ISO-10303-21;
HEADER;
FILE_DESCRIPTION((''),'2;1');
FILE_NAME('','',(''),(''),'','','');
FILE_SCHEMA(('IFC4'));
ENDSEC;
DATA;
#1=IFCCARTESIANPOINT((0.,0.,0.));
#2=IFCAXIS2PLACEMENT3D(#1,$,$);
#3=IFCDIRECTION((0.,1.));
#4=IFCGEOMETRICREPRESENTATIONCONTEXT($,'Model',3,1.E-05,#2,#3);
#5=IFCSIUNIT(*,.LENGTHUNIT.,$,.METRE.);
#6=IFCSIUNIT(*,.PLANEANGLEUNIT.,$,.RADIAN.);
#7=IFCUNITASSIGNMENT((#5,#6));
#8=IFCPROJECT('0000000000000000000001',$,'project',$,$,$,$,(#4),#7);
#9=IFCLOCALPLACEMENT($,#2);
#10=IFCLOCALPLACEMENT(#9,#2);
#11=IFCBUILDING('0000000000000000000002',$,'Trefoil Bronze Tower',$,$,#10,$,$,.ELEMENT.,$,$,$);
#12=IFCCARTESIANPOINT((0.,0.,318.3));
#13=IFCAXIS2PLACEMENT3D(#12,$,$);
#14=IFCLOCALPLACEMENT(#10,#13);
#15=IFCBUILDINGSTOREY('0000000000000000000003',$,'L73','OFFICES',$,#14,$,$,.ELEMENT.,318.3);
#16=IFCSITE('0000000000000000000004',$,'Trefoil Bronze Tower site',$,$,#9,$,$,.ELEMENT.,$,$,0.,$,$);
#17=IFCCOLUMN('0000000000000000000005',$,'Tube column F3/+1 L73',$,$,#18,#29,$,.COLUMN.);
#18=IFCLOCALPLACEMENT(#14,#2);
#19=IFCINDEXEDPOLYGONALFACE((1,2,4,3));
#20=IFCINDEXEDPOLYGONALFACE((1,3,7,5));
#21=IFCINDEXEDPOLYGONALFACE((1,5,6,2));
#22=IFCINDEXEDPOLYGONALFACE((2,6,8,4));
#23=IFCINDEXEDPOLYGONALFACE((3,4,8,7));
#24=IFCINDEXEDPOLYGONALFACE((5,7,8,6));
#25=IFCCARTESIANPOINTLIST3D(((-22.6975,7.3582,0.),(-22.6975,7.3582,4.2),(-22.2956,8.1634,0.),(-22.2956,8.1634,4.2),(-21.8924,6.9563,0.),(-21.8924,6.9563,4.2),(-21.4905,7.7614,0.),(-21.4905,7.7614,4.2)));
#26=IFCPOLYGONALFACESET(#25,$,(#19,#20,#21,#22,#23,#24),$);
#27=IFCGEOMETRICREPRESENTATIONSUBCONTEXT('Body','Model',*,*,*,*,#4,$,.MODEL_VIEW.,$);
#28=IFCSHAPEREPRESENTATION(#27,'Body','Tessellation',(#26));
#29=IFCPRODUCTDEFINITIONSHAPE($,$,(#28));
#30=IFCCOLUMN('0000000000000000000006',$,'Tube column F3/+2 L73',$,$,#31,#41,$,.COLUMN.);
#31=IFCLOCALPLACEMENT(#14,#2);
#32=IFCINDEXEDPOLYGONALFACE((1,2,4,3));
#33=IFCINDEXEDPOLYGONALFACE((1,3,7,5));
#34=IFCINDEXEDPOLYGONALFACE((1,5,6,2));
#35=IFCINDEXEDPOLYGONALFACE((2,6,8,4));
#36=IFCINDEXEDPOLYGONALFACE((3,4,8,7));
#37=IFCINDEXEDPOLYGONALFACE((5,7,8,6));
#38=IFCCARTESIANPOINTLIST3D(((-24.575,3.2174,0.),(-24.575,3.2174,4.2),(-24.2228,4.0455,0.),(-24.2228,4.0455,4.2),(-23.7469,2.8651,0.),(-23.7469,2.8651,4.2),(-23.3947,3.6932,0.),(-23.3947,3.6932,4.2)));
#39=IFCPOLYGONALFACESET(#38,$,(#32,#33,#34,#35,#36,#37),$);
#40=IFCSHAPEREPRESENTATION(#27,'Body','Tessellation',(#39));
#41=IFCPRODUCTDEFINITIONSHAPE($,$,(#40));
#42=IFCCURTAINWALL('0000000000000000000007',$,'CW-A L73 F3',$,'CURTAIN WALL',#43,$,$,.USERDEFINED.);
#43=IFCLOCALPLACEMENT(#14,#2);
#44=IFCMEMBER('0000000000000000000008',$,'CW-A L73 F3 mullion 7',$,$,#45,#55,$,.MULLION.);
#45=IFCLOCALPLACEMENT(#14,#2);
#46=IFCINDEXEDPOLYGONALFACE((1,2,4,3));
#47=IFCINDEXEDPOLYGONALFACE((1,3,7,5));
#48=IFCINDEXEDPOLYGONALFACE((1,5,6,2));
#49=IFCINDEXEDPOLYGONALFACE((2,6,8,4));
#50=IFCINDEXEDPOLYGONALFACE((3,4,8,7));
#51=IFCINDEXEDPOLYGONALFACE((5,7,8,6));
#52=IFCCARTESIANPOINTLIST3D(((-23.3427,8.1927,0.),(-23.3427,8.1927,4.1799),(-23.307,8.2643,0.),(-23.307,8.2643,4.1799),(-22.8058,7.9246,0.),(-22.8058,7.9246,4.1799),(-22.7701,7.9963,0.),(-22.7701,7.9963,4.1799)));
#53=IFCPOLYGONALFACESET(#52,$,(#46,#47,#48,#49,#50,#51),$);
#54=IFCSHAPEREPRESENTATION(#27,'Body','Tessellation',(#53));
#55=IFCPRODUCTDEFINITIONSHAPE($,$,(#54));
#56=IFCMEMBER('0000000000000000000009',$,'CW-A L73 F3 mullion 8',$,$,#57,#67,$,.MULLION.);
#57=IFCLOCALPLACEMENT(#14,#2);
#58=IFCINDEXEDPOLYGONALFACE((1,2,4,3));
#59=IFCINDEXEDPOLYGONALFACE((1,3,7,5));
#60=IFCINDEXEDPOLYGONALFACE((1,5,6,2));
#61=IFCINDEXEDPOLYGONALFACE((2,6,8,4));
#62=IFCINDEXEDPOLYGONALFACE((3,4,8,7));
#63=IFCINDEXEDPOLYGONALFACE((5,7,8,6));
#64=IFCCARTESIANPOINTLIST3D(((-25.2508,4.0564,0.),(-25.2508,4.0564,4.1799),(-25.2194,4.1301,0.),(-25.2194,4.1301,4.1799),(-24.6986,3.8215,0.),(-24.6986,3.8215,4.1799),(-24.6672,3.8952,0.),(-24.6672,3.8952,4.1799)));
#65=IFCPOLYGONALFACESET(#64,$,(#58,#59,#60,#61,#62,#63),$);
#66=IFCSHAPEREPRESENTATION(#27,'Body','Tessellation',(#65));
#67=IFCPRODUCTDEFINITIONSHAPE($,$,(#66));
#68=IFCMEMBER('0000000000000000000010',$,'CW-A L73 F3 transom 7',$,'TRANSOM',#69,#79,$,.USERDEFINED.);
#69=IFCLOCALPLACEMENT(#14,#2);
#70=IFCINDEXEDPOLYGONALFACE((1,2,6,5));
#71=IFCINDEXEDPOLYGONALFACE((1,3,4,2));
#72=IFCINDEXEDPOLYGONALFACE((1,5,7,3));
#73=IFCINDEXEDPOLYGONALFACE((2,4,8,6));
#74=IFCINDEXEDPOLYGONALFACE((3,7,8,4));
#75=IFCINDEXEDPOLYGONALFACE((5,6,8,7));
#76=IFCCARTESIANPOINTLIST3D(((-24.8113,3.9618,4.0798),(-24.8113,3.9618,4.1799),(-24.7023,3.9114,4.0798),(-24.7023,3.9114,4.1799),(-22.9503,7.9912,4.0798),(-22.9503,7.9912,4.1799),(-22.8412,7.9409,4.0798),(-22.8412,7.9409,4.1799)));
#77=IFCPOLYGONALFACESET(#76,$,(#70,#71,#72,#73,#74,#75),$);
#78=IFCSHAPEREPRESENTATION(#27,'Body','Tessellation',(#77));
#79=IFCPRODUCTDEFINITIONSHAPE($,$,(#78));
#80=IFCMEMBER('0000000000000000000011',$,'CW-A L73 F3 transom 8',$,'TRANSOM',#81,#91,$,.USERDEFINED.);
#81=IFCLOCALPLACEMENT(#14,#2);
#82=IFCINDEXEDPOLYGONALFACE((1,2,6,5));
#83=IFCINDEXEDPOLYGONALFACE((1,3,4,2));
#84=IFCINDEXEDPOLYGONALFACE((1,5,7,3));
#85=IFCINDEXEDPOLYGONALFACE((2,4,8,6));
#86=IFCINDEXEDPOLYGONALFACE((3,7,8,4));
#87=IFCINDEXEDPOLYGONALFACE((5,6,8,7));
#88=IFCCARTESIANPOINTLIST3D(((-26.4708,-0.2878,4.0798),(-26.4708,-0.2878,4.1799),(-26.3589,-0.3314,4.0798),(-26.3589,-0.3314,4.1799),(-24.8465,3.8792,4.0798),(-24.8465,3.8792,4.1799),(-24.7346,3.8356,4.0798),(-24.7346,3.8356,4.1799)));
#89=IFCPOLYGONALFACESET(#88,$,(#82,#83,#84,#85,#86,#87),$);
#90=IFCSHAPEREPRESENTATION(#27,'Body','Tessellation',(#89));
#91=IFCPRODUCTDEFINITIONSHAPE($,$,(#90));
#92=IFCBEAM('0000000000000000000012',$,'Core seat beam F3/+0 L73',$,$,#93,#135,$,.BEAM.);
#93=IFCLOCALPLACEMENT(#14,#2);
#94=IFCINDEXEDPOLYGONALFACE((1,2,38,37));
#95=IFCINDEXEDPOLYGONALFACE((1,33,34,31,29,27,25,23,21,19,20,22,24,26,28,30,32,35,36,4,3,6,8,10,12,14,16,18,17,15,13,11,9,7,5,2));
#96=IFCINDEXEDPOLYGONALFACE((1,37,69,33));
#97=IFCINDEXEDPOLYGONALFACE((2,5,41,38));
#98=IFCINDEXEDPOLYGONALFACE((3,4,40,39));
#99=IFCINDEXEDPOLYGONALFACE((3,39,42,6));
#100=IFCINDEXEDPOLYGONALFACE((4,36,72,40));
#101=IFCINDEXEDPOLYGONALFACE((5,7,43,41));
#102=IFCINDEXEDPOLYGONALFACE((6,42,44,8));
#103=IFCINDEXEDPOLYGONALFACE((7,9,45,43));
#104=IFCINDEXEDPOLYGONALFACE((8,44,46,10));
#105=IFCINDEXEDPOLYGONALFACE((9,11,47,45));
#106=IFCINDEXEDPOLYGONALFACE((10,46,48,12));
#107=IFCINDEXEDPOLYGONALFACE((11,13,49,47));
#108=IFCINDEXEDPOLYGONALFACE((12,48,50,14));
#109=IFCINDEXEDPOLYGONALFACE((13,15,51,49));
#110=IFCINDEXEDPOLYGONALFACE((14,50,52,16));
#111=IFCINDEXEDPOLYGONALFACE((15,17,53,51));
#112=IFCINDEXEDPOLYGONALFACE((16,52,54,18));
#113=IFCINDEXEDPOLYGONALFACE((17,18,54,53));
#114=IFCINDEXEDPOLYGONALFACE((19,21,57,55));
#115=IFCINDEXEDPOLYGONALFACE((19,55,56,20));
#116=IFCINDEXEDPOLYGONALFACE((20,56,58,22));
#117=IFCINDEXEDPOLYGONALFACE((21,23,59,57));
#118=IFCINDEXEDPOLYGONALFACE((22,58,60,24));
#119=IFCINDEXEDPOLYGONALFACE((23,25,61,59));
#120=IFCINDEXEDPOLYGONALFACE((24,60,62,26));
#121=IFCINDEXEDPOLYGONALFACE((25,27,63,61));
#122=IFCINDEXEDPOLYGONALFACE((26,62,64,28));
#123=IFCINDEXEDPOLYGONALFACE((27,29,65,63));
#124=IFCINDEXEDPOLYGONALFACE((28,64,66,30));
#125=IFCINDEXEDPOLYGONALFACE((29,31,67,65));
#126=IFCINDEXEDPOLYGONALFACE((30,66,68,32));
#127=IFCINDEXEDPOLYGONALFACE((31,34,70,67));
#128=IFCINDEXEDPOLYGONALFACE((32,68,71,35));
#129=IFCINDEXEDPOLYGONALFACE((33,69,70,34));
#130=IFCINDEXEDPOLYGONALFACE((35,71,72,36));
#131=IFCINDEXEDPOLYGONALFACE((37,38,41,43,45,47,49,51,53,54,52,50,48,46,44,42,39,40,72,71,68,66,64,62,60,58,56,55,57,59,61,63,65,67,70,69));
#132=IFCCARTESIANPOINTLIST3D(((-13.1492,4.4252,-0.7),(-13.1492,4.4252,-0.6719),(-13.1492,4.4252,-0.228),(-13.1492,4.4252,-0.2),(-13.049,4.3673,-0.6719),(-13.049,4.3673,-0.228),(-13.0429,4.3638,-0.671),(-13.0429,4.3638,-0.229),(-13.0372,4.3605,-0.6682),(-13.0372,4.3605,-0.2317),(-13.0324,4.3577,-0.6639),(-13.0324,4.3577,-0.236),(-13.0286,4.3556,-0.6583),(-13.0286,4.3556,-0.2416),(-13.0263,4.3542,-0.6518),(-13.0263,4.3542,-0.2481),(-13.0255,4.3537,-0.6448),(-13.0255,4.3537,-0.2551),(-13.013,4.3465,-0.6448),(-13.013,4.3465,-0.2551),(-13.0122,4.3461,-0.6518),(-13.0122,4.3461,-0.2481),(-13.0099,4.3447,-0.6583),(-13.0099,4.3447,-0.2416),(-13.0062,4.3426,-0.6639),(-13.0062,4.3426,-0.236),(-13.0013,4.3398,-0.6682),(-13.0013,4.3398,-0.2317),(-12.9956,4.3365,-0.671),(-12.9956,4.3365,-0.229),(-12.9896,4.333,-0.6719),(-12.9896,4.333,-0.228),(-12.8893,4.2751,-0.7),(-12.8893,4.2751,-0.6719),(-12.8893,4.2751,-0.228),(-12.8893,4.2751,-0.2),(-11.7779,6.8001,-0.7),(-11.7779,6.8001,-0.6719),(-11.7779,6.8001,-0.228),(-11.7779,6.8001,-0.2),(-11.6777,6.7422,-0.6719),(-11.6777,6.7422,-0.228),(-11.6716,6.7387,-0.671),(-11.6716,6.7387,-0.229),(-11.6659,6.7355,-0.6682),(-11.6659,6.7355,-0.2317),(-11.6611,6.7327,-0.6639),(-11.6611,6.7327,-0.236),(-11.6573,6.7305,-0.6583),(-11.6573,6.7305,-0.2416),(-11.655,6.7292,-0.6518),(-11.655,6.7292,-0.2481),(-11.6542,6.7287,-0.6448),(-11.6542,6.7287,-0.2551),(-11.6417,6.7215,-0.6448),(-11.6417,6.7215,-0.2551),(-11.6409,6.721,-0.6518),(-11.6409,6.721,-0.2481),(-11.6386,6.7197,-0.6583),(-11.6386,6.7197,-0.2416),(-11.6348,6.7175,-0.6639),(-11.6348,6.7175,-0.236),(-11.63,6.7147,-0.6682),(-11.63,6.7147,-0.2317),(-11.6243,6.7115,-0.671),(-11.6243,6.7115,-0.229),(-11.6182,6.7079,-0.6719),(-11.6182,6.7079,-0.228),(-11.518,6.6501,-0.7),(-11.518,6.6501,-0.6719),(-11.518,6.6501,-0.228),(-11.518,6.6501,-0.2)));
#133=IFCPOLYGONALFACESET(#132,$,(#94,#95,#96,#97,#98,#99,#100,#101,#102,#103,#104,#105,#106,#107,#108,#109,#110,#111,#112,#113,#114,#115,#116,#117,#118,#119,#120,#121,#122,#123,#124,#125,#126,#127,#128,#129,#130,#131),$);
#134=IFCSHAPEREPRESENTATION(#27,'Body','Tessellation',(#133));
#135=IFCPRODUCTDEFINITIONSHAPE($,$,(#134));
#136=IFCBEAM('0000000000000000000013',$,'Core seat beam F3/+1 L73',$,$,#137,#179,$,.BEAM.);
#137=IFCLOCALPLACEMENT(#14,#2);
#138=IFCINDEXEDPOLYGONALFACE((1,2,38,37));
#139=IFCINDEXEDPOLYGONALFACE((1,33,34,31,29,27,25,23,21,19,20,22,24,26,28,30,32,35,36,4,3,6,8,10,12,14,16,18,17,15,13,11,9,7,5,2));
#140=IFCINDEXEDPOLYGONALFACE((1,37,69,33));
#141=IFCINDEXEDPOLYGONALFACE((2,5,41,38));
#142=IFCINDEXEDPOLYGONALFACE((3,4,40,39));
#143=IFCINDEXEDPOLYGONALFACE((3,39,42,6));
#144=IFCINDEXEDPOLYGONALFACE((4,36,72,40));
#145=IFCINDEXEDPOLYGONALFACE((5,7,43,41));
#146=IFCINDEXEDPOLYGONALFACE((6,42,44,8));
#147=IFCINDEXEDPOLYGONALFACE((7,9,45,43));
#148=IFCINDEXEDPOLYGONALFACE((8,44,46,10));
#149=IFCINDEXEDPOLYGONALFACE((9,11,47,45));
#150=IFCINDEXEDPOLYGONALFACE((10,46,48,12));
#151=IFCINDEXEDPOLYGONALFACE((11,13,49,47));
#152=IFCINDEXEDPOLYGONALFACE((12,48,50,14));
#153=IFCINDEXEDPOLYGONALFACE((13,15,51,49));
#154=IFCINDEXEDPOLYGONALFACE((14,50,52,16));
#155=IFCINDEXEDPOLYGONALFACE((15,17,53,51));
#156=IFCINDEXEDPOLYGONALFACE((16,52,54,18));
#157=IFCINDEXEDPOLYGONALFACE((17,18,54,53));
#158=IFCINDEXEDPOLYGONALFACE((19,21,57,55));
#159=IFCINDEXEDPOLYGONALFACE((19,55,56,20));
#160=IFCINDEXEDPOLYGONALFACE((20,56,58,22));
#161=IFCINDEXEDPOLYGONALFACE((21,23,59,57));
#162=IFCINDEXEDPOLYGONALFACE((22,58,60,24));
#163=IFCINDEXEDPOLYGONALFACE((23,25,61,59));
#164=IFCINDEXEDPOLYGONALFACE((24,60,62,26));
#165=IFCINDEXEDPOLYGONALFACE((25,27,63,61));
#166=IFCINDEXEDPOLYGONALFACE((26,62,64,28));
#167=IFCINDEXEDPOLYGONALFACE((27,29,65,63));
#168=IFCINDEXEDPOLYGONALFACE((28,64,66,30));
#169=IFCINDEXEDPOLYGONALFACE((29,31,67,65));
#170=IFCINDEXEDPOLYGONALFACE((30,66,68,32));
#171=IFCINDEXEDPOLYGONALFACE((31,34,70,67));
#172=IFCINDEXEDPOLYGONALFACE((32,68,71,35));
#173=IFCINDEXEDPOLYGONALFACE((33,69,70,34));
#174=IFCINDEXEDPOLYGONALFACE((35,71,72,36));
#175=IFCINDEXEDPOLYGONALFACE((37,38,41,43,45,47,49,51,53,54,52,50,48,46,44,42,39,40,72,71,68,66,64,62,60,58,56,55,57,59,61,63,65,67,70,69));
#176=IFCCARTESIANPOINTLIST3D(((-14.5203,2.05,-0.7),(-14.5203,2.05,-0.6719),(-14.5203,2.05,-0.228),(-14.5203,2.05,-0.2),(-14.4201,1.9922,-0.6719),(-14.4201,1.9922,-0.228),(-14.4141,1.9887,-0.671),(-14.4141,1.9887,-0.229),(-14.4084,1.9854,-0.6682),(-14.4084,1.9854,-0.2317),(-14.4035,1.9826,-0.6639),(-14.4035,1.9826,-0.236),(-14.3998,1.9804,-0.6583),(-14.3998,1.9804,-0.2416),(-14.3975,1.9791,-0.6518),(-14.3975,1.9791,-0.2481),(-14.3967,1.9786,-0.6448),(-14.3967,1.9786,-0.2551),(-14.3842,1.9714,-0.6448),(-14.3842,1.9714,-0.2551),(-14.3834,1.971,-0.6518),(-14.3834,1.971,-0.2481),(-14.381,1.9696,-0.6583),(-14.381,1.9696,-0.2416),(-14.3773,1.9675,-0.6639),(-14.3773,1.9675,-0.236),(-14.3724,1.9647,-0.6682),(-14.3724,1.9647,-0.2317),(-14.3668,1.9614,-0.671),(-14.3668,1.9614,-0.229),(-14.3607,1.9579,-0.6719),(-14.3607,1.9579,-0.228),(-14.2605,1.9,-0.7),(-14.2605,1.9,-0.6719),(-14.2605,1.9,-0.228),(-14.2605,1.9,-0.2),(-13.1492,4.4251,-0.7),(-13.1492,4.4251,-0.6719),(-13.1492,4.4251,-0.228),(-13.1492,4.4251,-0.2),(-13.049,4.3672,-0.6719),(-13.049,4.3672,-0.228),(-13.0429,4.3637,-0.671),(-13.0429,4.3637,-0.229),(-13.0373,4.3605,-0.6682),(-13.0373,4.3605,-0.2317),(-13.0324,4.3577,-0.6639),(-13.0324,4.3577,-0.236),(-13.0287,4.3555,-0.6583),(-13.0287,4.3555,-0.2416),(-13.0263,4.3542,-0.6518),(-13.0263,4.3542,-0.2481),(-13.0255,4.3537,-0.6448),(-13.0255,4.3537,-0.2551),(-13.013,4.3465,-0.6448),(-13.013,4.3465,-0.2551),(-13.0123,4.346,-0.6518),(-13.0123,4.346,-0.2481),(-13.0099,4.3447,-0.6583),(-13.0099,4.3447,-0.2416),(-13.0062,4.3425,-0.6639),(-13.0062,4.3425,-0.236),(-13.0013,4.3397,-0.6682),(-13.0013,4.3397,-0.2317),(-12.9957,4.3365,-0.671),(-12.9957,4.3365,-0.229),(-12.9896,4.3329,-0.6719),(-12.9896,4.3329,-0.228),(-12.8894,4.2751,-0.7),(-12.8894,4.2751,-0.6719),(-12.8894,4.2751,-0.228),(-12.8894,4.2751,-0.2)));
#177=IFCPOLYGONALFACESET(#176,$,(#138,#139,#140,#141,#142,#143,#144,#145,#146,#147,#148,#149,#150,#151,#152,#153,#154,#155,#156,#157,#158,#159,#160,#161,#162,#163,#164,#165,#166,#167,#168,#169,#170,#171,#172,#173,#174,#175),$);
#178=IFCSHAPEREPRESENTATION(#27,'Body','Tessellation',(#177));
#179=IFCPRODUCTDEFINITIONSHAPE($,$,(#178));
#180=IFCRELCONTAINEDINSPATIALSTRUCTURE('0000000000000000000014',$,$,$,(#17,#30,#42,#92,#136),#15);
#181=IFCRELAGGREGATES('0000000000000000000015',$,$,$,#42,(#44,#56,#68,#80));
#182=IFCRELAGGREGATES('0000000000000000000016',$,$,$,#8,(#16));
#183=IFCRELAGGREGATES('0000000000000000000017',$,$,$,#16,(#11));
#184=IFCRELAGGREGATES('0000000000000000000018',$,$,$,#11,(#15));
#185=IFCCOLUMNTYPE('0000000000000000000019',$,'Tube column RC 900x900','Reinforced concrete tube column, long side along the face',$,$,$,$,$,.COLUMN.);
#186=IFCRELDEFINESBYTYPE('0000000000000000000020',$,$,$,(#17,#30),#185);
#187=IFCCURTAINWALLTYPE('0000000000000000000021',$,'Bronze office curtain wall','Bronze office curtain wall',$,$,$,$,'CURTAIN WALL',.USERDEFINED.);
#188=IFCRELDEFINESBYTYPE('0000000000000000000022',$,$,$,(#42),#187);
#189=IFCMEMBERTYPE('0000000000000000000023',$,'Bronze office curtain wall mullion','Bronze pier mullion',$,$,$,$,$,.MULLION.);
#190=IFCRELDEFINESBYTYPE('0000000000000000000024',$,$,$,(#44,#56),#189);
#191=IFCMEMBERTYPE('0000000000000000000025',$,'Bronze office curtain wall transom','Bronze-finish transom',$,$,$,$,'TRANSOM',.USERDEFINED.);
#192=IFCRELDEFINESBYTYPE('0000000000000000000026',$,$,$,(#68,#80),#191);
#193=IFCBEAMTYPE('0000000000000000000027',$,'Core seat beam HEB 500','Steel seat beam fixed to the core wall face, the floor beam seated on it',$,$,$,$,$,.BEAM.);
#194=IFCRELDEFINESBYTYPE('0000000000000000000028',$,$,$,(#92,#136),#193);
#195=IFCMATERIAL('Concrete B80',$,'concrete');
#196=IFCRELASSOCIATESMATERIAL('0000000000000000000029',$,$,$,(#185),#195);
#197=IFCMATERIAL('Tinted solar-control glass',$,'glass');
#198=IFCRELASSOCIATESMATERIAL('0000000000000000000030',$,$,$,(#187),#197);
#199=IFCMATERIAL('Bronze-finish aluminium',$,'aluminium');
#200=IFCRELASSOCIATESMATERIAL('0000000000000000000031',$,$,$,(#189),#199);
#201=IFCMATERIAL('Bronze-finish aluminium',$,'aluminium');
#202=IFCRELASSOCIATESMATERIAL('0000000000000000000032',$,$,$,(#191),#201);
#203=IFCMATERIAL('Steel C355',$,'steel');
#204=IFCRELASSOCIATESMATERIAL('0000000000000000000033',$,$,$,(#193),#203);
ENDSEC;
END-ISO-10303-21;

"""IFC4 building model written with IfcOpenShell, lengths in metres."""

from ifc_helpers import new_model, si_unit, direction, frame, origin, origin_2d, place, context, subcontext, project, spatial, rectangle, i_section, extrude, material, material_profile, profile_set, type_object, element, aggregate, save


model = new_model("IFC4")

# Units and contexts
model_context = context("Model", 3, precision=1e-05, world=origin(), true_north=direction((0.0, 1.0)))
body_context = subcontext(model_context, "Body", "Model", "MODEL_VIEW")
ifc_project = project(units=[si_unit("LENGTHUNIT", "METRE"), si_unit("PLANEANGLEUNIT", "RADIAN")], contexts=[model_context])

# Site, building, storey
site_placement = place(None, origin())
site = spatial("IfcSite", under=ifc_project, at=site_placement, Name="Trefoil Bronze Tower site", CompositionType="ELEMENT", RefElevation=0.0)
building_placement = place(site_placement, origin())
building = spatial("IfcBuilding", under=site, at=building_placement, Name="Trefoil Bronze Tower", CompositionType="ELEMENT")
storey_placement = place(building_placement, frame((0.0, 0.0, 318.3)))
storey = spatial("IfcBuildingStorey", under=building, at=storey_placement, Name="L73", Description="OFFICES", CompositionType="ELEMENT", Elevation=318.3)

# Columns
ifc_material_1 = material(Name="Concrete B80", Category="concrete")
ifc_material_profile_1 = material_profile(ifc_material_1, rectangle(XDim=0.8999, YDim=0.8999, at=origin_2d()), Name="RC 900x900")
ifc_profile_set_1 = profile_set([ifc_material_profile_1], Name="Concrete B80")
column_type = type_object("IfcColumnType", Name="Tube column RC 900x900", Description="Reinforced concrete tube column, long side along the face", PredefinedType="COLUMN", material=ifc_profile_set_1)
for number, where, z_axis, x_axis, name in (
    (1, (-22.094, 7.5598, 0.0), (0.0, 0.0, 1.0), (-0.446641, -0.894713, 0.0), "Tube column F3/+1 L73"),
    (2, (-23.9849, 3.4553, 0.0), (0.0, 0.0, 1.0), (-0.391436, -0.920205, 0.0), "Tube column F3/+2 L73"),
):
    element("IfcColumn", number, at=place(storey_placement, frame(where, z_axis=z_axis, x_axis=x_axis)), inside=storey, type_object=column_type, Name=name, PredefinedType="COLUMN", context=body_context, shape_type="SweptSolid", body=[
        extrude(rectangle(XDim=0.8999, YDim=0.8999, at=origin_2d()), origin(), (0.0, 0.0, 1.0), 4.2),
    ])

# Curtain wall, members
ifc_material_2 = material(Name="Tinted solar-control glass", Category="glass")
curtain_wall_type = type_object("IfcCurtainWallType", Name="Bronze office curtain wall", Description="Bronze office curtain wall", ElementType="CURTAIN WALL", PredefinedType="USERDEFINED", material=ifc_material_2)
curtain_wall_placement = place(storey_placement, origin())
curtain_wall = element("IfcCurtainWall", 3, at=curtain_wall_placement, inside=storey, type_object=curtain_wall_type, Name="CW-A L73 F3", ObjectType="CURTAIN WALL", PredefinedType="USERDEFINED")
ifc_material_3 = material(Name="Bronze-finish aluminium", Category="aluminium")
ifc_material_profile_2 = material_profile(ifc_material_3, rectangle(XDim=0.6001, YDim=0.0801, at=origin_2d()), Name="CW-A mullion")
ifc_profile_set_2 = profile_set([ifc_material_profile_2], Name="Bronze-finish aluminium")
member_type_1 = type_object("IfcMemberType", Name="Bronze office curtain wall mullion", Description="Bronze pier mullion", PredefinedType="MULLION", material=ifc_profile_set_2)
member_1_placement = place(storey_placement, frame((-23.0564, 8.0945, 0.0), z_axis=(0.0, 0.0, 1.0), x_axis=(0.894713, -0.446641, 0.0)))
member_1 = element("IfcMember", 4, at=member_1_placement, type_object=member_type_1, Name="CW-A L73 F3 mullion 7", PredefinedType="MULLION", context=body_context, shape_type="SweptSolid", body=[
    extrude(rectangle(XDim=0.6001, YDim=0.0801, at=origin_2d()), origin(), (0.0, 0.0, 1.0), 4.1799),
])
member_2_placement = place(storey_placement, frame((-24.959, 3.9758, 0.0), z_axis=(0.0, 0.0, 1.0), x_axis=(0.920205, -0.391436, 0.0)))
member_2 = element("IfcMember", 5, at=member_2_placement, type_object=member_type_1, Name="CW-A L73 F3 mullion 8", PredefinedType="MULLION", context=body_context, shape_type="SweptSolid", body=[
    extrude(rectangle(XDim=0.6001, YDim=0.0801, at=origin_2d()), origin(), (0.0, 0.0, 1.0), 4.1799),
])
ifc_material_4 = material(Name="Bronze-finish aluminium", Category="aluminium")
ifc_material_profile_3 = material_profile(ifc_material_4, rectangle(XDim=0.1201, YDim=0.1001, at=origin_2d()), Name="CW-A transom")
ifc_profile_set_3 = profile_set([ifc_material_profile_3], Name="Bronze-finish aluminium")
member_type_2 = type_object("IfcMemberType", Name="Bronze office curtain wall transom", Description="Bronze-finish transom", ElementType="TRANSOM", PredefinedType="USERDEFINED", material=ifc_profile_set_3)
member_3_placement = place(storey_placement, frame((-22.8958, 7.9661, 4.1299), z_axis=(-0.419299, -0.907848, 0.0), x_axis=(0.907848, -0.419299, 0.0)))
member_3 = element("IfcMember", 6, at=member_3_placement, type_object=member_type_2, Name="CW-A L73 F3 transom 7", ObjectType="TRANSOM", PredefinedType="USERDEFINED", context=body_context, shape_type="SweptSolid", body=[
    extrude(rectangle(XDim=0.1201, YDim=0.1001, at=origin_2d()), origin(), (0.0, 0.0, 1.0), 4.4385),
])
member_4_placement = place(storey_placement, frame((-24.7905, 3.8574, 4.1299), z_axis=(-0.363178, -0.93172, 0.0), x_axis=(0.93172, -0.363178, 0.0)))
member_4 = element("IfcMember", 7, at=member_4_placement, type_object=member_type_2, Name="CW-A L73 F3 transom 8", ObjectType="TRANSOM", PredefinedType="USERDEFINED", context=body_context, shape_type="SweptSolid", body=[
    extrude(rectangle(XDim=0.1201, YDim=0.1001, at=origin_2d()), origin(), (0.0, 0.0, 1.0), 4.4724),
])

# Beams
ifc_material_5 = material(Name="Steel C355", Category="steel")
ifc_material_profile_4 = material_profile(ifc_material_5, i_section(OverallWidth=0.3, OverallDepth=0.5, WebThickness=0.0144, FlangeThickness=0.0281, FilletRadius=0.0271, at=origin_2d()), Name="HEB 500")
ifc_profile_set_4 = profile_set([ifc_material_profile_4], Name="Steel C355")
beam_type_1 = type_object("IfcBeamType", Name="Core seat beam HEB 500", Description="Steel seat beam fixed to the core wall face, the floor beam seated on it", PredefinedType="BEAM", material=ifc_profile_set_4)
for number, where, z_axis, x_axis, name in (
    (8, (-11.6479, 6.7251, -0.45), (-0.500036, -0.866005, 0.0), (0.866005, -0.500036, 0.0), "Core seat beam F3/+0 L73"),
    (9, (-13.0193, 4.3501, -0.45), (-0.499969, -0.866043, 0.0), (0.866043, -0.499969, 0.0), "Core seat beam F3/+1 L73"),
):
    element("IfcBeam", number, at=place(storey_placement, frame(where, z_axis=z_axis, x_axis=x_axis)), inside=storey, type_object=beam_type_1, Name=name, PredefinedType="BEAM", context=body_context, shape_type="SweptSolid", body=[
        extrude(i_section(OverallWidth=0.3, OverallDepth=0.5, WebThickness=0.0144, FlangeThickness=0.0281, FilletRadius=0.0271, at=origin_2d()), origin(), (0.0, 0.0, 1.0), 2.7424),
    ])

aggregate(curtain_wall, [member_1, member_2, member_3, member_4])

save(model, "model.ifc")
